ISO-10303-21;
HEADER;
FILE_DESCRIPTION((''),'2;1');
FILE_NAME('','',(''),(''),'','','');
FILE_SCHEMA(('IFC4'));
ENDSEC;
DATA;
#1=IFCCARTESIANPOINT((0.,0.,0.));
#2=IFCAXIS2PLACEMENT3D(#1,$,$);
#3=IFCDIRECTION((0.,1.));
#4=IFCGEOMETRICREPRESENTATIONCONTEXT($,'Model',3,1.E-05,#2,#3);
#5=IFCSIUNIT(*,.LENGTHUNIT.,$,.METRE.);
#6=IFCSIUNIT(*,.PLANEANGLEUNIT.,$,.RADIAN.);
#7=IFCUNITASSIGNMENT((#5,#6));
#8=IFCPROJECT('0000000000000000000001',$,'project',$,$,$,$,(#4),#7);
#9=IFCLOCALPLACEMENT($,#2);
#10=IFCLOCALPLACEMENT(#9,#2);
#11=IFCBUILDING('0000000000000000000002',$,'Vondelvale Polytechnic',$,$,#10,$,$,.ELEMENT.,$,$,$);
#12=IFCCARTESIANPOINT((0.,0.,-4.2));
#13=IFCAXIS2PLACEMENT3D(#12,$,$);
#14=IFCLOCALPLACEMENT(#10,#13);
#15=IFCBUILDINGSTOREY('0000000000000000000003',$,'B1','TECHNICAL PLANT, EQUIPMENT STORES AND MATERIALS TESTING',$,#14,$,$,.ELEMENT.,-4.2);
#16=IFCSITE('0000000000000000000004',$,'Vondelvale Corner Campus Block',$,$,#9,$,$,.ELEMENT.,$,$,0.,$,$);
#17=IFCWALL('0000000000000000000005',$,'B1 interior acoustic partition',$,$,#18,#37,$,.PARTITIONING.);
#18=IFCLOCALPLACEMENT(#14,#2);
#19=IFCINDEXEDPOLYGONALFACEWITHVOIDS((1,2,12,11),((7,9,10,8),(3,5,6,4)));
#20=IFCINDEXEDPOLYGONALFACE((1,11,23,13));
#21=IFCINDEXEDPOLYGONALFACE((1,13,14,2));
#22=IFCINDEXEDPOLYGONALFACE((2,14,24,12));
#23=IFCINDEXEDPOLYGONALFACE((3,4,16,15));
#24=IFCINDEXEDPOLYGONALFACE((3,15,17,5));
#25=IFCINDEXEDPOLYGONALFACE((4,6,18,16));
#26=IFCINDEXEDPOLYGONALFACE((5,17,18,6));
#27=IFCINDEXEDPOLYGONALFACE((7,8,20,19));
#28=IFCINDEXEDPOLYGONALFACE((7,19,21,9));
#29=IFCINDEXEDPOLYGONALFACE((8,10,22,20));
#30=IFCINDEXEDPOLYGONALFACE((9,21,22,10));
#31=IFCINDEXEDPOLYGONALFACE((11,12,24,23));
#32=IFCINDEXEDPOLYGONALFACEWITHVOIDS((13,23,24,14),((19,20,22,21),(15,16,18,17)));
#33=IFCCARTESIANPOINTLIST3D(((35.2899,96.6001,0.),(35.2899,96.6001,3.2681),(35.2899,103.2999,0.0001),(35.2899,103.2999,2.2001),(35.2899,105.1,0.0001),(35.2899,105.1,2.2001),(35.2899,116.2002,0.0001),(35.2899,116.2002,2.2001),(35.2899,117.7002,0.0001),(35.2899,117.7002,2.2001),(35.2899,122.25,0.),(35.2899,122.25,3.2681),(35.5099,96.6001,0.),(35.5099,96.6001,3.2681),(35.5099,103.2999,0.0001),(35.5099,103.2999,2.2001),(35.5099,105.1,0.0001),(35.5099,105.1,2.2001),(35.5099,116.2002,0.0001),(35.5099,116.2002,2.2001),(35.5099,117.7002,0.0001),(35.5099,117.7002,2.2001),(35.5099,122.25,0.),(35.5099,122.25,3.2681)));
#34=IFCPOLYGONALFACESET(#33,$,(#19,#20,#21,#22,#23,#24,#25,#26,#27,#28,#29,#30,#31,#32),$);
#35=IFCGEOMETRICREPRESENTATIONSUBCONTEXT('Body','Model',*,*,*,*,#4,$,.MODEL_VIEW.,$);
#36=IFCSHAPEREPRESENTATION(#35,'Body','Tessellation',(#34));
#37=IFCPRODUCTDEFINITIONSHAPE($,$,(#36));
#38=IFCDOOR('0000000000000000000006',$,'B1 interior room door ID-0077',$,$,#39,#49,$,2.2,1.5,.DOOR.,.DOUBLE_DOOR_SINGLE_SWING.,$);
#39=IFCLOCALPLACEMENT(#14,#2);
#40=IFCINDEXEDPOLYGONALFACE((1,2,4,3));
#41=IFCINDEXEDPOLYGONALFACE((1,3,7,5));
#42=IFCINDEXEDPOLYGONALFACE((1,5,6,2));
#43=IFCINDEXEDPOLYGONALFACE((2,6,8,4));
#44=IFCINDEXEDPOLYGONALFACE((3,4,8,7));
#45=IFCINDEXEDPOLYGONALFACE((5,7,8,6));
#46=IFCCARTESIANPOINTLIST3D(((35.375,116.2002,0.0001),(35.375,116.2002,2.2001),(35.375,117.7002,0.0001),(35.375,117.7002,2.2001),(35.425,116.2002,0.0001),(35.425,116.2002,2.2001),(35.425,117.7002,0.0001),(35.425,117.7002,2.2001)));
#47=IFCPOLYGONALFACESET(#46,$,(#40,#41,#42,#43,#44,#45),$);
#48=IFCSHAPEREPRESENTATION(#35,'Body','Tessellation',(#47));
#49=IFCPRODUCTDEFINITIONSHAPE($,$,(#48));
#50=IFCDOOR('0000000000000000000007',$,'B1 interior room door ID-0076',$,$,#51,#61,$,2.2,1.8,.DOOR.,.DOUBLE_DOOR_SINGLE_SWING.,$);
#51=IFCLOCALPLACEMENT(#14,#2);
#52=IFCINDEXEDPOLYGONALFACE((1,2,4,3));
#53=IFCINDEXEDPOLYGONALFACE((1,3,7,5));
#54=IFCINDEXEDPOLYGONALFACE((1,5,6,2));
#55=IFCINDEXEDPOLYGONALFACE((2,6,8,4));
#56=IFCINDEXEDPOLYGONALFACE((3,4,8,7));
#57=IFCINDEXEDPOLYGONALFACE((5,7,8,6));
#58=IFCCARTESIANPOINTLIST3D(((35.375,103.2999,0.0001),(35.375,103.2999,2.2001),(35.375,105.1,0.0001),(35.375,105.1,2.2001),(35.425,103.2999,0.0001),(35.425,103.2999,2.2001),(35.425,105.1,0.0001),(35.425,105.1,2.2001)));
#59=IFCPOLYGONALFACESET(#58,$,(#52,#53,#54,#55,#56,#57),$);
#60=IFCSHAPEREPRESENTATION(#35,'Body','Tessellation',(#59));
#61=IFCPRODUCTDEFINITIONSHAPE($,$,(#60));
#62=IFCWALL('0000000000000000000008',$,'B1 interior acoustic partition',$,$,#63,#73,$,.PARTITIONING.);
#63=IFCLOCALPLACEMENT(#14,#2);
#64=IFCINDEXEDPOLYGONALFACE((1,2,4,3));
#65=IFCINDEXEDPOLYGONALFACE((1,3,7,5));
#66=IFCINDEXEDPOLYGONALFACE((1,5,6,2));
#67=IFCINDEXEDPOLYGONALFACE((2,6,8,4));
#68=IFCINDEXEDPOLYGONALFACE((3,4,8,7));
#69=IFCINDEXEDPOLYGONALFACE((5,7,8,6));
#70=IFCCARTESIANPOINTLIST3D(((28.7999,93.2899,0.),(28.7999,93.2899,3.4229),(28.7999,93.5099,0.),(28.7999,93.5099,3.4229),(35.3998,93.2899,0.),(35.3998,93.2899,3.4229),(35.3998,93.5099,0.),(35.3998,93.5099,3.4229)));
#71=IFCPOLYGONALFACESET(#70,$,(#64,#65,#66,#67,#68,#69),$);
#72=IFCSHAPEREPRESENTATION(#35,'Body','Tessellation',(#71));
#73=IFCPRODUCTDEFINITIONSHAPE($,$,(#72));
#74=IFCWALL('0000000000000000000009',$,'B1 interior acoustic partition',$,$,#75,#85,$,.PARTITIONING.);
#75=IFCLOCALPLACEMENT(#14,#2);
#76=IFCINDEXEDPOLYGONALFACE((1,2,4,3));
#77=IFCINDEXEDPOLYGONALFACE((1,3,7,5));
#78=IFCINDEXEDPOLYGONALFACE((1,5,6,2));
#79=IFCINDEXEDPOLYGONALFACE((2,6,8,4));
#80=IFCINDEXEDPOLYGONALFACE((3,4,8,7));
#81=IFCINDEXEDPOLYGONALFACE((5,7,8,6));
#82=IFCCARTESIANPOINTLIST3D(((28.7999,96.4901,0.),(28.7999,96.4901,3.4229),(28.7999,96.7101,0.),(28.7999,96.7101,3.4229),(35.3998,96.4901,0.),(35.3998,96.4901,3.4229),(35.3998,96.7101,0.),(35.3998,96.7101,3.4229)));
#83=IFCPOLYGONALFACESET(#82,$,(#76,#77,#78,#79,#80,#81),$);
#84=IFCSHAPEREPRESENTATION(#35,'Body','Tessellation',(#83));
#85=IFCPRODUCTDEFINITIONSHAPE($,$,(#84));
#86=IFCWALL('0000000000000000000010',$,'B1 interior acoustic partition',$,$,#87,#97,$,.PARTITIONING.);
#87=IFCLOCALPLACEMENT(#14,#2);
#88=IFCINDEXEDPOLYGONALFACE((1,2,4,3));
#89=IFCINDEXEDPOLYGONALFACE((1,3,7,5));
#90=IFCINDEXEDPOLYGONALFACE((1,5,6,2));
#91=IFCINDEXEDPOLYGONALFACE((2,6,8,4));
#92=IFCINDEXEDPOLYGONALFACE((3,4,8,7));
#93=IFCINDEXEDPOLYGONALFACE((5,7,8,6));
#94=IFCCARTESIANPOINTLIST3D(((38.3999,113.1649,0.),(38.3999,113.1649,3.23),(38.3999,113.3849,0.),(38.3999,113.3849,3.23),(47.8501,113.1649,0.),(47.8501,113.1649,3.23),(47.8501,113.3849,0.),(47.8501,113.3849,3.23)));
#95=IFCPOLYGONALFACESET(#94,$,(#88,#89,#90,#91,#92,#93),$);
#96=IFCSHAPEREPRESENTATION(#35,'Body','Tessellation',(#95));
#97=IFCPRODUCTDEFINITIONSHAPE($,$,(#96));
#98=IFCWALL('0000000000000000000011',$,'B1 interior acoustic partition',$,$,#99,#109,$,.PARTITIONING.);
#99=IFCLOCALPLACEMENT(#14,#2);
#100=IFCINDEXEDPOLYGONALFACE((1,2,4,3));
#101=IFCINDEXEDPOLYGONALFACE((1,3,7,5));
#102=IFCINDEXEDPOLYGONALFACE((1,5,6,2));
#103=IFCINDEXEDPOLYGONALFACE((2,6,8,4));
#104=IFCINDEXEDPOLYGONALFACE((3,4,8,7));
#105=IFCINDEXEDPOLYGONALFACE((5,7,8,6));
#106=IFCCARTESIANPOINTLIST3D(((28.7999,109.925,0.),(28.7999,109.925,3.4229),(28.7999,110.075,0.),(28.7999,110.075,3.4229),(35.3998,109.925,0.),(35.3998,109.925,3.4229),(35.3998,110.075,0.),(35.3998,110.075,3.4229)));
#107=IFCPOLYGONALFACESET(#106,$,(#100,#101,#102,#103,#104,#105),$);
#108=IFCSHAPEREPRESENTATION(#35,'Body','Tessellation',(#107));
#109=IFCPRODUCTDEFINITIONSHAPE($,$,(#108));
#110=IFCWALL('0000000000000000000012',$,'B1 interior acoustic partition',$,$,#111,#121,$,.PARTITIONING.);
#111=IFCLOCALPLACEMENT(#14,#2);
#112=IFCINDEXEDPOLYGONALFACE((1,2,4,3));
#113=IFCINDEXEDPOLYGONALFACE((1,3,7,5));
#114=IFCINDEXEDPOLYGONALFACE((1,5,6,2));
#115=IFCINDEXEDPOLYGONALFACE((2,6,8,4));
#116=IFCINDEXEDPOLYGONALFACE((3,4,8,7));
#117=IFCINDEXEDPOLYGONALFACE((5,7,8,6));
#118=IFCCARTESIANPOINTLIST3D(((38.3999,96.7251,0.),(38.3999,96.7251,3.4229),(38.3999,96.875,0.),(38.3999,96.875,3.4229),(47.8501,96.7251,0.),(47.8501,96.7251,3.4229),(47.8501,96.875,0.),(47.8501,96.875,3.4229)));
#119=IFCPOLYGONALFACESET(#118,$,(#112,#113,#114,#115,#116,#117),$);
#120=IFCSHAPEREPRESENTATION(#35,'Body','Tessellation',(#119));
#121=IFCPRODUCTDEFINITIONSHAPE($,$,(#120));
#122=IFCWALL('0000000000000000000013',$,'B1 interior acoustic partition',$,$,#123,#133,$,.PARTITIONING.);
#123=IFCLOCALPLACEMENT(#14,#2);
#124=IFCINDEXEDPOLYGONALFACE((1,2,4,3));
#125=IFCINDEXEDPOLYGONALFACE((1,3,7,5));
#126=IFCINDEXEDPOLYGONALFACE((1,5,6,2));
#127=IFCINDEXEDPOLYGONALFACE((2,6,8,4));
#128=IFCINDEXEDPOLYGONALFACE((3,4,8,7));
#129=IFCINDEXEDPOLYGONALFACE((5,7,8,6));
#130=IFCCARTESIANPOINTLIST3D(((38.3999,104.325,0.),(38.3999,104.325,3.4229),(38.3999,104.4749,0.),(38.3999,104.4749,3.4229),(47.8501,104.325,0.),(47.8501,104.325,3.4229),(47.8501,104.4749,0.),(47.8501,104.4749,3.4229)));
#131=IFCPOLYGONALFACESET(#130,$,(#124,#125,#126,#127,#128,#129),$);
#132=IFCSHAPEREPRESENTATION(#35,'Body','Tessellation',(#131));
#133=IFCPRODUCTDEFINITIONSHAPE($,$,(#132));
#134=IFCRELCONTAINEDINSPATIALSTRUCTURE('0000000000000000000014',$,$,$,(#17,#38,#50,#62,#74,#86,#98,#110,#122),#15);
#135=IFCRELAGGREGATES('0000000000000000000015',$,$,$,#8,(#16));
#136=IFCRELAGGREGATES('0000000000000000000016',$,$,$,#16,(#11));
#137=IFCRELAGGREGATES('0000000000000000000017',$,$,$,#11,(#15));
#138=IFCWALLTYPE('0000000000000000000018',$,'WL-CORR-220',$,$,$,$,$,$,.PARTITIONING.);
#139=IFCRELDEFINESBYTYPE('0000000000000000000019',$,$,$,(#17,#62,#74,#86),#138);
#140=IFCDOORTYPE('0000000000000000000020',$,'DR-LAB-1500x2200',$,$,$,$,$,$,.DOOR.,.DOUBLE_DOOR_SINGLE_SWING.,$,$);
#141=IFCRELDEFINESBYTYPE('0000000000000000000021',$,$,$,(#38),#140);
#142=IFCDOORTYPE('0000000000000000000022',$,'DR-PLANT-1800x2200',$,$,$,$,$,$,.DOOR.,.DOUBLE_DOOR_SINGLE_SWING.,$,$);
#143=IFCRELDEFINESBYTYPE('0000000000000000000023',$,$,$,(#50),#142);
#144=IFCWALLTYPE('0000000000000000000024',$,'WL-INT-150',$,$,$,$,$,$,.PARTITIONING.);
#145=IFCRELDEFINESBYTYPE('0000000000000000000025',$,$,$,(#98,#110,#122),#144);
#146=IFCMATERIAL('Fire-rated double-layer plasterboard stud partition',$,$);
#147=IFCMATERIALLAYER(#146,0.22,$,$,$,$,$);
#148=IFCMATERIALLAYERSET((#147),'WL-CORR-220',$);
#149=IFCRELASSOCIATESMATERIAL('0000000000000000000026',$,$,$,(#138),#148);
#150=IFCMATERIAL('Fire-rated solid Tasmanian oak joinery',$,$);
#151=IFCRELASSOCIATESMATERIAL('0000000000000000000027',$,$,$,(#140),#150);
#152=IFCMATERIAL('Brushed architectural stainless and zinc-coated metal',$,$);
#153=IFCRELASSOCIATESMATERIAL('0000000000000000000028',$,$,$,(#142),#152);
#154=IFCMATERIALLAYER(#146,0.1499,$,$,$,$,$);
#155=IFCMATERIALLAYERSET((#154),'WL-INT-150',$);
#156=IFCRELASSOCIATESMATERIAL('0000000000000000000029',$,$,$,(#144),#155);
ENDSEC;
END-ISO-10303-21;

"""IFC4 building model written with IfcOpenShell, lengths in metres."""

from ifc_helpers import new_model, si_unit, direction, frame, frame_2d, origin, place, context, subcontext, project, spatial, rectangle, extrude, material, layer, layer_set, type_object, element, fill, save


model = new_model("IFC4")

# Units and contexts
model_context = context("Model", 3, precision=1e-05, world=origin(), true_north=direction((0.0, 1.0)))
body_context = subcontext(model_context, "Body", "Model", "MODEL_VIEW")
ifc_project = project(units=[si_unit("LENGTHUNIT", "METRE"), si_unit("PLANEANGLEUNIT", "RADIAN")], contexts=[model_context])

# Site, building, storey
site_placement = place(None, origin())
site = spatial("IfcSite", under=ifc_project, at=site_placement, Name="Vondelvale Corner Campus Block", CompositionType="ELEMENT", RefElevation=0.0)
building_placement = place(site_placement, origin())
building = spatial("IfcBuilding", under=site, at=building_placement, Name="Vondelvale Polytechnic", CompositionType="ELEMENT")
storey_placement = place(building_placement, frame((0.0, 0.0, -4.2)))
storey = spatial("IfcBuildingStorey", under=building, at=storey_placement, Name="B1", Description="TECHNICAL PLANT, EQUIPMENT STORES AND MATERIALS TESTING", CompositionType="ELEMENT", Elevation=-4.2)

# Wall, openings, doors
ifc_material_1 = material(Name="Fire-rated double-layer plasterboard stud partition")
ifc_layer_1 = layer(ifc_material_1, 0.22)
ifc_layer_set_1 = layer_set([ifc_layer_1], Name="WL-CORR-220")
wall_type_1 = type_object("IfcWallType", Name="WL-CORR-220", PredefinedType="PARTITIONING", material=ifc_layer_set_1)
wall_1_placement = place(storey_placement, frame((35.3999, 96.6001, 0.0), z_axis=(0.0, 0.0, 1.0), x_axis=(0.0, 1.0, 0.0)))
wall_1 = element("IfcWall", 1, at=wall_1_placement, inside=storey, type_object=wall_type_1, Name="B1 interior acoustic partition", PredefinedType="PARTITIONING", context=body_context, shape_type="SweptSolid", body=[
    extrude(rectangle(XDim=25.6499, YDim=0.22, at=frame_2d((12.825, 0.0))), origin(), (0.0, 0.0, 1.0), 3.2681),
])
opening_1_placement = place(wall_1_placement, frame((6.7, 0.0, 0.0)))
opening_1 = element("IfcOpeningElement", 2, at=opening_1_placement, cuts=wall_1, PredefinedType="OPENING", context=body_context, shape_type="SweptSolid", body=[
    extrude(rectangle(XDim=1.8, YDim=2.2, at=frame_2d((0.8999, 1.1001))), frame((0.0, 0.1199, 0.0), z_axis=(0.0, -1.0, 0.0), x_axis=(1.0, 0.0, 0.0)), (0.0, 0.0, 1.0), 0.24),
])
opening_2_placement = place(wall_1_placement, frame((19.6001, 0.0, 0.0)))
opening_2 = element("IfcOpeningElement", 3, at=opening_2_placement, cuts=wall_1, PredefinedType="OPENING", context=body_context, shape_type="SweptSolid", body=[
    extrude(rectangle(XDim=1.5, YDim=2.2, at=frame_2d((0.75, 1.1001))), frame((0.0, 0.1199, 0.0), z_axis=(0.0, -1.0, 0.0), x_axis=(1.0, 0.0, 0.0)), (0.0, 0.0, 1.0), 0.24),
])
ifc_material_2 = material(Name="Fire-rated solid Tasmanian oak joinery")
door_type_1 = type_object("IfcDoorType", Name="DR-LAB-1500x2200", OperationType="DOUBLE_DOOR_SINGLE_SWING", PredefinedType="DOOR", material=ifc_material_2)
door_1_placement = place(opening_2_placement, origin())
door_1 = element("IfcDoor", 4, at=door_1_placement, inside=storey, type_object=door_type_1, Name="B1 interior room door ID-0077", OperationType="DOUBLE_DOOR_SINGLE_SWING", OverallHeight=2.2, OverallWidth=1.5, PredefinedType="DOOR", context=body_context, shape_type="SweptSolid", body=[
    extrude(rectangle(XDim=1.5, YDim=2.2, at=frame_2d((0.75, 1.1001))), frame((0.0, 0.0249, 0.0), z_axis=(0.0, -1.0, 0.0), x_axis=(1.0, 0.0, 0.0)), (0.0, 0.0, 1.0), 0.05),
])
fill(opening_2, door_1)
ifc_material_3 = material(Name="Brushed architectural stainless and zinc-coated metal")
door_type_2 = type_object("IfcDoorType", Name="DR-PLANT-1800x2200", OperationType="DOUBLE_DOOR_SINGLE_SWING", PredefinedType="DOOR", material=ifc_material_3)
door_2_placement = place(opening_1_placement, origin())
door_2 = element("IfcDoor", 5, at=door_2_placement, inside=storey, type_object=door_type_2, Name="B1 interior room door ID-0076", OperationType="DOUBLE_DOOR_SINGLE_SWING", OverallHeight=2.2, OverallWidth=1.8, PredefinedType="DOOR", context=body_context, shape_type="SweptSolid", body=[
    extrude(rectangle(XDim=1.8, YDim=2.2, at=frame_2d((0.8999, 1.1001))), frame((0.0, 0.0249, 0.0), z_axis=(0.0, -1.0, 0.0), x_axis=(1.0, 0.0, 0.0)), (0.0, 0.0, 1.0), 0.05),
])
fill(opening_1, door_2)

# Walls
for number, where, z_axis, x_axis, name in (
    (6, (28.8, 93.3999, 0.0), (0.0, 0.0, 1.0), (1.0, 0.0, 0.0), "B1 interior acoustic partition"),
    (7, (28.8, 96.6001, 0.0), (0.0, 0.0, 1.0), (1.0, 0.0, 0.0), "B1 interior acoustic partition"),
):
    element("IfcWall", number, at=place(storey_placement, frame(where, z_axis=z_axis, x_axis=x_axis)), inside=storey, type_object=wall_type_1, Name=name, PredefinedType="PARTITIONING", context=body_context, shape_type="SweptSolid", body=[
        extrude(rectangle(XDim=6.5999, YDim=0.22, at=frame_2d((3.2998, 0.0))), origin(), (0.0, 0.0, 1.0), 3.4229),
    ])
wall_2_placement = place(storey_placement, frame((38.3999, 113.2749, 0.0), z_axis=(0.0, 0.0, 1.0), x_axis=(1.0, 0.0, 0.0)))
element("IfcWall", 8, at=wall_2_placement, inside=storey, type_object=wall_type_1, Name="B1 interior acoustic partition", PredefinedType="PARTITIONING", context=body_context, shape_type="SweptSolid", body=[
    extrude(rectangle(XDim=9.4502, YDim=0.22, at=frame_2d((4.7251, 0.0))), origin(), (0.0, 0.0, 1.0), 3.23),
])
ifc_layer_2 = layer(ifc_material_1, 0.1499)
ifc_layer_set_2 = layer_set([ifc_layer_2], Name="WL-INT-150")
wall_type_2 = type_object("IfcWallType", Name="WL-INT-150", PredefinedType="PARTITIONING", material=ifc_layer_set_2)
wall_3_placement = place(storey_placement, frame((28.8, 110.0, 0.0), z_axis=(0.0, 0.0, 1.0), x_axis=(1.0, 0.0, 0.0)))
element("IfcWall", 9, at=wall_3_placement, inside=storey, type_object=wall_type_2, Name="B1 interior acoustic partition", PredefinedType="PARTITIONING", context=body_context, shape_type="SweptSolid", body=[
    extrude(rectangle(XDim=6.5999, YDim=0.1499, at=frame_2d((3.2998, 0.0))), origin(), (0.0, 0.0, 1.0), 3.4229),
])
for number, where, z_axis, x_axis, name in (
    (10, (38.3999, 96.8, 0.0), (0.0, 0.0, 1.0), (1.0, 0.0, 0.0), "B1 interior acoustic partition"),
    (11, (38.3999, 104.3999, 0.0), (0.0, 0.0, 1.0), (1.0, 0.0, 0.0), "B1 interior acoustic partition"),
):
    element("IfcWall", number, at=place(storey_placement, frame(where, z_axis=z_axis, x_axis=x_axis)), inside=storey, type_object=wall_type_2, Name=name, PredefinedType="PARTITIONING", context=body_context, shape_type="SweptSolid", body=[
        extrude(rectangle(XDim=9.4502, YDim=0.1499, at=frame_2d((4.7251, 0.0))), origin(), (0.0, 0.0, 1.0), 3.4229),
    ])

save(model, "model.ifc")
